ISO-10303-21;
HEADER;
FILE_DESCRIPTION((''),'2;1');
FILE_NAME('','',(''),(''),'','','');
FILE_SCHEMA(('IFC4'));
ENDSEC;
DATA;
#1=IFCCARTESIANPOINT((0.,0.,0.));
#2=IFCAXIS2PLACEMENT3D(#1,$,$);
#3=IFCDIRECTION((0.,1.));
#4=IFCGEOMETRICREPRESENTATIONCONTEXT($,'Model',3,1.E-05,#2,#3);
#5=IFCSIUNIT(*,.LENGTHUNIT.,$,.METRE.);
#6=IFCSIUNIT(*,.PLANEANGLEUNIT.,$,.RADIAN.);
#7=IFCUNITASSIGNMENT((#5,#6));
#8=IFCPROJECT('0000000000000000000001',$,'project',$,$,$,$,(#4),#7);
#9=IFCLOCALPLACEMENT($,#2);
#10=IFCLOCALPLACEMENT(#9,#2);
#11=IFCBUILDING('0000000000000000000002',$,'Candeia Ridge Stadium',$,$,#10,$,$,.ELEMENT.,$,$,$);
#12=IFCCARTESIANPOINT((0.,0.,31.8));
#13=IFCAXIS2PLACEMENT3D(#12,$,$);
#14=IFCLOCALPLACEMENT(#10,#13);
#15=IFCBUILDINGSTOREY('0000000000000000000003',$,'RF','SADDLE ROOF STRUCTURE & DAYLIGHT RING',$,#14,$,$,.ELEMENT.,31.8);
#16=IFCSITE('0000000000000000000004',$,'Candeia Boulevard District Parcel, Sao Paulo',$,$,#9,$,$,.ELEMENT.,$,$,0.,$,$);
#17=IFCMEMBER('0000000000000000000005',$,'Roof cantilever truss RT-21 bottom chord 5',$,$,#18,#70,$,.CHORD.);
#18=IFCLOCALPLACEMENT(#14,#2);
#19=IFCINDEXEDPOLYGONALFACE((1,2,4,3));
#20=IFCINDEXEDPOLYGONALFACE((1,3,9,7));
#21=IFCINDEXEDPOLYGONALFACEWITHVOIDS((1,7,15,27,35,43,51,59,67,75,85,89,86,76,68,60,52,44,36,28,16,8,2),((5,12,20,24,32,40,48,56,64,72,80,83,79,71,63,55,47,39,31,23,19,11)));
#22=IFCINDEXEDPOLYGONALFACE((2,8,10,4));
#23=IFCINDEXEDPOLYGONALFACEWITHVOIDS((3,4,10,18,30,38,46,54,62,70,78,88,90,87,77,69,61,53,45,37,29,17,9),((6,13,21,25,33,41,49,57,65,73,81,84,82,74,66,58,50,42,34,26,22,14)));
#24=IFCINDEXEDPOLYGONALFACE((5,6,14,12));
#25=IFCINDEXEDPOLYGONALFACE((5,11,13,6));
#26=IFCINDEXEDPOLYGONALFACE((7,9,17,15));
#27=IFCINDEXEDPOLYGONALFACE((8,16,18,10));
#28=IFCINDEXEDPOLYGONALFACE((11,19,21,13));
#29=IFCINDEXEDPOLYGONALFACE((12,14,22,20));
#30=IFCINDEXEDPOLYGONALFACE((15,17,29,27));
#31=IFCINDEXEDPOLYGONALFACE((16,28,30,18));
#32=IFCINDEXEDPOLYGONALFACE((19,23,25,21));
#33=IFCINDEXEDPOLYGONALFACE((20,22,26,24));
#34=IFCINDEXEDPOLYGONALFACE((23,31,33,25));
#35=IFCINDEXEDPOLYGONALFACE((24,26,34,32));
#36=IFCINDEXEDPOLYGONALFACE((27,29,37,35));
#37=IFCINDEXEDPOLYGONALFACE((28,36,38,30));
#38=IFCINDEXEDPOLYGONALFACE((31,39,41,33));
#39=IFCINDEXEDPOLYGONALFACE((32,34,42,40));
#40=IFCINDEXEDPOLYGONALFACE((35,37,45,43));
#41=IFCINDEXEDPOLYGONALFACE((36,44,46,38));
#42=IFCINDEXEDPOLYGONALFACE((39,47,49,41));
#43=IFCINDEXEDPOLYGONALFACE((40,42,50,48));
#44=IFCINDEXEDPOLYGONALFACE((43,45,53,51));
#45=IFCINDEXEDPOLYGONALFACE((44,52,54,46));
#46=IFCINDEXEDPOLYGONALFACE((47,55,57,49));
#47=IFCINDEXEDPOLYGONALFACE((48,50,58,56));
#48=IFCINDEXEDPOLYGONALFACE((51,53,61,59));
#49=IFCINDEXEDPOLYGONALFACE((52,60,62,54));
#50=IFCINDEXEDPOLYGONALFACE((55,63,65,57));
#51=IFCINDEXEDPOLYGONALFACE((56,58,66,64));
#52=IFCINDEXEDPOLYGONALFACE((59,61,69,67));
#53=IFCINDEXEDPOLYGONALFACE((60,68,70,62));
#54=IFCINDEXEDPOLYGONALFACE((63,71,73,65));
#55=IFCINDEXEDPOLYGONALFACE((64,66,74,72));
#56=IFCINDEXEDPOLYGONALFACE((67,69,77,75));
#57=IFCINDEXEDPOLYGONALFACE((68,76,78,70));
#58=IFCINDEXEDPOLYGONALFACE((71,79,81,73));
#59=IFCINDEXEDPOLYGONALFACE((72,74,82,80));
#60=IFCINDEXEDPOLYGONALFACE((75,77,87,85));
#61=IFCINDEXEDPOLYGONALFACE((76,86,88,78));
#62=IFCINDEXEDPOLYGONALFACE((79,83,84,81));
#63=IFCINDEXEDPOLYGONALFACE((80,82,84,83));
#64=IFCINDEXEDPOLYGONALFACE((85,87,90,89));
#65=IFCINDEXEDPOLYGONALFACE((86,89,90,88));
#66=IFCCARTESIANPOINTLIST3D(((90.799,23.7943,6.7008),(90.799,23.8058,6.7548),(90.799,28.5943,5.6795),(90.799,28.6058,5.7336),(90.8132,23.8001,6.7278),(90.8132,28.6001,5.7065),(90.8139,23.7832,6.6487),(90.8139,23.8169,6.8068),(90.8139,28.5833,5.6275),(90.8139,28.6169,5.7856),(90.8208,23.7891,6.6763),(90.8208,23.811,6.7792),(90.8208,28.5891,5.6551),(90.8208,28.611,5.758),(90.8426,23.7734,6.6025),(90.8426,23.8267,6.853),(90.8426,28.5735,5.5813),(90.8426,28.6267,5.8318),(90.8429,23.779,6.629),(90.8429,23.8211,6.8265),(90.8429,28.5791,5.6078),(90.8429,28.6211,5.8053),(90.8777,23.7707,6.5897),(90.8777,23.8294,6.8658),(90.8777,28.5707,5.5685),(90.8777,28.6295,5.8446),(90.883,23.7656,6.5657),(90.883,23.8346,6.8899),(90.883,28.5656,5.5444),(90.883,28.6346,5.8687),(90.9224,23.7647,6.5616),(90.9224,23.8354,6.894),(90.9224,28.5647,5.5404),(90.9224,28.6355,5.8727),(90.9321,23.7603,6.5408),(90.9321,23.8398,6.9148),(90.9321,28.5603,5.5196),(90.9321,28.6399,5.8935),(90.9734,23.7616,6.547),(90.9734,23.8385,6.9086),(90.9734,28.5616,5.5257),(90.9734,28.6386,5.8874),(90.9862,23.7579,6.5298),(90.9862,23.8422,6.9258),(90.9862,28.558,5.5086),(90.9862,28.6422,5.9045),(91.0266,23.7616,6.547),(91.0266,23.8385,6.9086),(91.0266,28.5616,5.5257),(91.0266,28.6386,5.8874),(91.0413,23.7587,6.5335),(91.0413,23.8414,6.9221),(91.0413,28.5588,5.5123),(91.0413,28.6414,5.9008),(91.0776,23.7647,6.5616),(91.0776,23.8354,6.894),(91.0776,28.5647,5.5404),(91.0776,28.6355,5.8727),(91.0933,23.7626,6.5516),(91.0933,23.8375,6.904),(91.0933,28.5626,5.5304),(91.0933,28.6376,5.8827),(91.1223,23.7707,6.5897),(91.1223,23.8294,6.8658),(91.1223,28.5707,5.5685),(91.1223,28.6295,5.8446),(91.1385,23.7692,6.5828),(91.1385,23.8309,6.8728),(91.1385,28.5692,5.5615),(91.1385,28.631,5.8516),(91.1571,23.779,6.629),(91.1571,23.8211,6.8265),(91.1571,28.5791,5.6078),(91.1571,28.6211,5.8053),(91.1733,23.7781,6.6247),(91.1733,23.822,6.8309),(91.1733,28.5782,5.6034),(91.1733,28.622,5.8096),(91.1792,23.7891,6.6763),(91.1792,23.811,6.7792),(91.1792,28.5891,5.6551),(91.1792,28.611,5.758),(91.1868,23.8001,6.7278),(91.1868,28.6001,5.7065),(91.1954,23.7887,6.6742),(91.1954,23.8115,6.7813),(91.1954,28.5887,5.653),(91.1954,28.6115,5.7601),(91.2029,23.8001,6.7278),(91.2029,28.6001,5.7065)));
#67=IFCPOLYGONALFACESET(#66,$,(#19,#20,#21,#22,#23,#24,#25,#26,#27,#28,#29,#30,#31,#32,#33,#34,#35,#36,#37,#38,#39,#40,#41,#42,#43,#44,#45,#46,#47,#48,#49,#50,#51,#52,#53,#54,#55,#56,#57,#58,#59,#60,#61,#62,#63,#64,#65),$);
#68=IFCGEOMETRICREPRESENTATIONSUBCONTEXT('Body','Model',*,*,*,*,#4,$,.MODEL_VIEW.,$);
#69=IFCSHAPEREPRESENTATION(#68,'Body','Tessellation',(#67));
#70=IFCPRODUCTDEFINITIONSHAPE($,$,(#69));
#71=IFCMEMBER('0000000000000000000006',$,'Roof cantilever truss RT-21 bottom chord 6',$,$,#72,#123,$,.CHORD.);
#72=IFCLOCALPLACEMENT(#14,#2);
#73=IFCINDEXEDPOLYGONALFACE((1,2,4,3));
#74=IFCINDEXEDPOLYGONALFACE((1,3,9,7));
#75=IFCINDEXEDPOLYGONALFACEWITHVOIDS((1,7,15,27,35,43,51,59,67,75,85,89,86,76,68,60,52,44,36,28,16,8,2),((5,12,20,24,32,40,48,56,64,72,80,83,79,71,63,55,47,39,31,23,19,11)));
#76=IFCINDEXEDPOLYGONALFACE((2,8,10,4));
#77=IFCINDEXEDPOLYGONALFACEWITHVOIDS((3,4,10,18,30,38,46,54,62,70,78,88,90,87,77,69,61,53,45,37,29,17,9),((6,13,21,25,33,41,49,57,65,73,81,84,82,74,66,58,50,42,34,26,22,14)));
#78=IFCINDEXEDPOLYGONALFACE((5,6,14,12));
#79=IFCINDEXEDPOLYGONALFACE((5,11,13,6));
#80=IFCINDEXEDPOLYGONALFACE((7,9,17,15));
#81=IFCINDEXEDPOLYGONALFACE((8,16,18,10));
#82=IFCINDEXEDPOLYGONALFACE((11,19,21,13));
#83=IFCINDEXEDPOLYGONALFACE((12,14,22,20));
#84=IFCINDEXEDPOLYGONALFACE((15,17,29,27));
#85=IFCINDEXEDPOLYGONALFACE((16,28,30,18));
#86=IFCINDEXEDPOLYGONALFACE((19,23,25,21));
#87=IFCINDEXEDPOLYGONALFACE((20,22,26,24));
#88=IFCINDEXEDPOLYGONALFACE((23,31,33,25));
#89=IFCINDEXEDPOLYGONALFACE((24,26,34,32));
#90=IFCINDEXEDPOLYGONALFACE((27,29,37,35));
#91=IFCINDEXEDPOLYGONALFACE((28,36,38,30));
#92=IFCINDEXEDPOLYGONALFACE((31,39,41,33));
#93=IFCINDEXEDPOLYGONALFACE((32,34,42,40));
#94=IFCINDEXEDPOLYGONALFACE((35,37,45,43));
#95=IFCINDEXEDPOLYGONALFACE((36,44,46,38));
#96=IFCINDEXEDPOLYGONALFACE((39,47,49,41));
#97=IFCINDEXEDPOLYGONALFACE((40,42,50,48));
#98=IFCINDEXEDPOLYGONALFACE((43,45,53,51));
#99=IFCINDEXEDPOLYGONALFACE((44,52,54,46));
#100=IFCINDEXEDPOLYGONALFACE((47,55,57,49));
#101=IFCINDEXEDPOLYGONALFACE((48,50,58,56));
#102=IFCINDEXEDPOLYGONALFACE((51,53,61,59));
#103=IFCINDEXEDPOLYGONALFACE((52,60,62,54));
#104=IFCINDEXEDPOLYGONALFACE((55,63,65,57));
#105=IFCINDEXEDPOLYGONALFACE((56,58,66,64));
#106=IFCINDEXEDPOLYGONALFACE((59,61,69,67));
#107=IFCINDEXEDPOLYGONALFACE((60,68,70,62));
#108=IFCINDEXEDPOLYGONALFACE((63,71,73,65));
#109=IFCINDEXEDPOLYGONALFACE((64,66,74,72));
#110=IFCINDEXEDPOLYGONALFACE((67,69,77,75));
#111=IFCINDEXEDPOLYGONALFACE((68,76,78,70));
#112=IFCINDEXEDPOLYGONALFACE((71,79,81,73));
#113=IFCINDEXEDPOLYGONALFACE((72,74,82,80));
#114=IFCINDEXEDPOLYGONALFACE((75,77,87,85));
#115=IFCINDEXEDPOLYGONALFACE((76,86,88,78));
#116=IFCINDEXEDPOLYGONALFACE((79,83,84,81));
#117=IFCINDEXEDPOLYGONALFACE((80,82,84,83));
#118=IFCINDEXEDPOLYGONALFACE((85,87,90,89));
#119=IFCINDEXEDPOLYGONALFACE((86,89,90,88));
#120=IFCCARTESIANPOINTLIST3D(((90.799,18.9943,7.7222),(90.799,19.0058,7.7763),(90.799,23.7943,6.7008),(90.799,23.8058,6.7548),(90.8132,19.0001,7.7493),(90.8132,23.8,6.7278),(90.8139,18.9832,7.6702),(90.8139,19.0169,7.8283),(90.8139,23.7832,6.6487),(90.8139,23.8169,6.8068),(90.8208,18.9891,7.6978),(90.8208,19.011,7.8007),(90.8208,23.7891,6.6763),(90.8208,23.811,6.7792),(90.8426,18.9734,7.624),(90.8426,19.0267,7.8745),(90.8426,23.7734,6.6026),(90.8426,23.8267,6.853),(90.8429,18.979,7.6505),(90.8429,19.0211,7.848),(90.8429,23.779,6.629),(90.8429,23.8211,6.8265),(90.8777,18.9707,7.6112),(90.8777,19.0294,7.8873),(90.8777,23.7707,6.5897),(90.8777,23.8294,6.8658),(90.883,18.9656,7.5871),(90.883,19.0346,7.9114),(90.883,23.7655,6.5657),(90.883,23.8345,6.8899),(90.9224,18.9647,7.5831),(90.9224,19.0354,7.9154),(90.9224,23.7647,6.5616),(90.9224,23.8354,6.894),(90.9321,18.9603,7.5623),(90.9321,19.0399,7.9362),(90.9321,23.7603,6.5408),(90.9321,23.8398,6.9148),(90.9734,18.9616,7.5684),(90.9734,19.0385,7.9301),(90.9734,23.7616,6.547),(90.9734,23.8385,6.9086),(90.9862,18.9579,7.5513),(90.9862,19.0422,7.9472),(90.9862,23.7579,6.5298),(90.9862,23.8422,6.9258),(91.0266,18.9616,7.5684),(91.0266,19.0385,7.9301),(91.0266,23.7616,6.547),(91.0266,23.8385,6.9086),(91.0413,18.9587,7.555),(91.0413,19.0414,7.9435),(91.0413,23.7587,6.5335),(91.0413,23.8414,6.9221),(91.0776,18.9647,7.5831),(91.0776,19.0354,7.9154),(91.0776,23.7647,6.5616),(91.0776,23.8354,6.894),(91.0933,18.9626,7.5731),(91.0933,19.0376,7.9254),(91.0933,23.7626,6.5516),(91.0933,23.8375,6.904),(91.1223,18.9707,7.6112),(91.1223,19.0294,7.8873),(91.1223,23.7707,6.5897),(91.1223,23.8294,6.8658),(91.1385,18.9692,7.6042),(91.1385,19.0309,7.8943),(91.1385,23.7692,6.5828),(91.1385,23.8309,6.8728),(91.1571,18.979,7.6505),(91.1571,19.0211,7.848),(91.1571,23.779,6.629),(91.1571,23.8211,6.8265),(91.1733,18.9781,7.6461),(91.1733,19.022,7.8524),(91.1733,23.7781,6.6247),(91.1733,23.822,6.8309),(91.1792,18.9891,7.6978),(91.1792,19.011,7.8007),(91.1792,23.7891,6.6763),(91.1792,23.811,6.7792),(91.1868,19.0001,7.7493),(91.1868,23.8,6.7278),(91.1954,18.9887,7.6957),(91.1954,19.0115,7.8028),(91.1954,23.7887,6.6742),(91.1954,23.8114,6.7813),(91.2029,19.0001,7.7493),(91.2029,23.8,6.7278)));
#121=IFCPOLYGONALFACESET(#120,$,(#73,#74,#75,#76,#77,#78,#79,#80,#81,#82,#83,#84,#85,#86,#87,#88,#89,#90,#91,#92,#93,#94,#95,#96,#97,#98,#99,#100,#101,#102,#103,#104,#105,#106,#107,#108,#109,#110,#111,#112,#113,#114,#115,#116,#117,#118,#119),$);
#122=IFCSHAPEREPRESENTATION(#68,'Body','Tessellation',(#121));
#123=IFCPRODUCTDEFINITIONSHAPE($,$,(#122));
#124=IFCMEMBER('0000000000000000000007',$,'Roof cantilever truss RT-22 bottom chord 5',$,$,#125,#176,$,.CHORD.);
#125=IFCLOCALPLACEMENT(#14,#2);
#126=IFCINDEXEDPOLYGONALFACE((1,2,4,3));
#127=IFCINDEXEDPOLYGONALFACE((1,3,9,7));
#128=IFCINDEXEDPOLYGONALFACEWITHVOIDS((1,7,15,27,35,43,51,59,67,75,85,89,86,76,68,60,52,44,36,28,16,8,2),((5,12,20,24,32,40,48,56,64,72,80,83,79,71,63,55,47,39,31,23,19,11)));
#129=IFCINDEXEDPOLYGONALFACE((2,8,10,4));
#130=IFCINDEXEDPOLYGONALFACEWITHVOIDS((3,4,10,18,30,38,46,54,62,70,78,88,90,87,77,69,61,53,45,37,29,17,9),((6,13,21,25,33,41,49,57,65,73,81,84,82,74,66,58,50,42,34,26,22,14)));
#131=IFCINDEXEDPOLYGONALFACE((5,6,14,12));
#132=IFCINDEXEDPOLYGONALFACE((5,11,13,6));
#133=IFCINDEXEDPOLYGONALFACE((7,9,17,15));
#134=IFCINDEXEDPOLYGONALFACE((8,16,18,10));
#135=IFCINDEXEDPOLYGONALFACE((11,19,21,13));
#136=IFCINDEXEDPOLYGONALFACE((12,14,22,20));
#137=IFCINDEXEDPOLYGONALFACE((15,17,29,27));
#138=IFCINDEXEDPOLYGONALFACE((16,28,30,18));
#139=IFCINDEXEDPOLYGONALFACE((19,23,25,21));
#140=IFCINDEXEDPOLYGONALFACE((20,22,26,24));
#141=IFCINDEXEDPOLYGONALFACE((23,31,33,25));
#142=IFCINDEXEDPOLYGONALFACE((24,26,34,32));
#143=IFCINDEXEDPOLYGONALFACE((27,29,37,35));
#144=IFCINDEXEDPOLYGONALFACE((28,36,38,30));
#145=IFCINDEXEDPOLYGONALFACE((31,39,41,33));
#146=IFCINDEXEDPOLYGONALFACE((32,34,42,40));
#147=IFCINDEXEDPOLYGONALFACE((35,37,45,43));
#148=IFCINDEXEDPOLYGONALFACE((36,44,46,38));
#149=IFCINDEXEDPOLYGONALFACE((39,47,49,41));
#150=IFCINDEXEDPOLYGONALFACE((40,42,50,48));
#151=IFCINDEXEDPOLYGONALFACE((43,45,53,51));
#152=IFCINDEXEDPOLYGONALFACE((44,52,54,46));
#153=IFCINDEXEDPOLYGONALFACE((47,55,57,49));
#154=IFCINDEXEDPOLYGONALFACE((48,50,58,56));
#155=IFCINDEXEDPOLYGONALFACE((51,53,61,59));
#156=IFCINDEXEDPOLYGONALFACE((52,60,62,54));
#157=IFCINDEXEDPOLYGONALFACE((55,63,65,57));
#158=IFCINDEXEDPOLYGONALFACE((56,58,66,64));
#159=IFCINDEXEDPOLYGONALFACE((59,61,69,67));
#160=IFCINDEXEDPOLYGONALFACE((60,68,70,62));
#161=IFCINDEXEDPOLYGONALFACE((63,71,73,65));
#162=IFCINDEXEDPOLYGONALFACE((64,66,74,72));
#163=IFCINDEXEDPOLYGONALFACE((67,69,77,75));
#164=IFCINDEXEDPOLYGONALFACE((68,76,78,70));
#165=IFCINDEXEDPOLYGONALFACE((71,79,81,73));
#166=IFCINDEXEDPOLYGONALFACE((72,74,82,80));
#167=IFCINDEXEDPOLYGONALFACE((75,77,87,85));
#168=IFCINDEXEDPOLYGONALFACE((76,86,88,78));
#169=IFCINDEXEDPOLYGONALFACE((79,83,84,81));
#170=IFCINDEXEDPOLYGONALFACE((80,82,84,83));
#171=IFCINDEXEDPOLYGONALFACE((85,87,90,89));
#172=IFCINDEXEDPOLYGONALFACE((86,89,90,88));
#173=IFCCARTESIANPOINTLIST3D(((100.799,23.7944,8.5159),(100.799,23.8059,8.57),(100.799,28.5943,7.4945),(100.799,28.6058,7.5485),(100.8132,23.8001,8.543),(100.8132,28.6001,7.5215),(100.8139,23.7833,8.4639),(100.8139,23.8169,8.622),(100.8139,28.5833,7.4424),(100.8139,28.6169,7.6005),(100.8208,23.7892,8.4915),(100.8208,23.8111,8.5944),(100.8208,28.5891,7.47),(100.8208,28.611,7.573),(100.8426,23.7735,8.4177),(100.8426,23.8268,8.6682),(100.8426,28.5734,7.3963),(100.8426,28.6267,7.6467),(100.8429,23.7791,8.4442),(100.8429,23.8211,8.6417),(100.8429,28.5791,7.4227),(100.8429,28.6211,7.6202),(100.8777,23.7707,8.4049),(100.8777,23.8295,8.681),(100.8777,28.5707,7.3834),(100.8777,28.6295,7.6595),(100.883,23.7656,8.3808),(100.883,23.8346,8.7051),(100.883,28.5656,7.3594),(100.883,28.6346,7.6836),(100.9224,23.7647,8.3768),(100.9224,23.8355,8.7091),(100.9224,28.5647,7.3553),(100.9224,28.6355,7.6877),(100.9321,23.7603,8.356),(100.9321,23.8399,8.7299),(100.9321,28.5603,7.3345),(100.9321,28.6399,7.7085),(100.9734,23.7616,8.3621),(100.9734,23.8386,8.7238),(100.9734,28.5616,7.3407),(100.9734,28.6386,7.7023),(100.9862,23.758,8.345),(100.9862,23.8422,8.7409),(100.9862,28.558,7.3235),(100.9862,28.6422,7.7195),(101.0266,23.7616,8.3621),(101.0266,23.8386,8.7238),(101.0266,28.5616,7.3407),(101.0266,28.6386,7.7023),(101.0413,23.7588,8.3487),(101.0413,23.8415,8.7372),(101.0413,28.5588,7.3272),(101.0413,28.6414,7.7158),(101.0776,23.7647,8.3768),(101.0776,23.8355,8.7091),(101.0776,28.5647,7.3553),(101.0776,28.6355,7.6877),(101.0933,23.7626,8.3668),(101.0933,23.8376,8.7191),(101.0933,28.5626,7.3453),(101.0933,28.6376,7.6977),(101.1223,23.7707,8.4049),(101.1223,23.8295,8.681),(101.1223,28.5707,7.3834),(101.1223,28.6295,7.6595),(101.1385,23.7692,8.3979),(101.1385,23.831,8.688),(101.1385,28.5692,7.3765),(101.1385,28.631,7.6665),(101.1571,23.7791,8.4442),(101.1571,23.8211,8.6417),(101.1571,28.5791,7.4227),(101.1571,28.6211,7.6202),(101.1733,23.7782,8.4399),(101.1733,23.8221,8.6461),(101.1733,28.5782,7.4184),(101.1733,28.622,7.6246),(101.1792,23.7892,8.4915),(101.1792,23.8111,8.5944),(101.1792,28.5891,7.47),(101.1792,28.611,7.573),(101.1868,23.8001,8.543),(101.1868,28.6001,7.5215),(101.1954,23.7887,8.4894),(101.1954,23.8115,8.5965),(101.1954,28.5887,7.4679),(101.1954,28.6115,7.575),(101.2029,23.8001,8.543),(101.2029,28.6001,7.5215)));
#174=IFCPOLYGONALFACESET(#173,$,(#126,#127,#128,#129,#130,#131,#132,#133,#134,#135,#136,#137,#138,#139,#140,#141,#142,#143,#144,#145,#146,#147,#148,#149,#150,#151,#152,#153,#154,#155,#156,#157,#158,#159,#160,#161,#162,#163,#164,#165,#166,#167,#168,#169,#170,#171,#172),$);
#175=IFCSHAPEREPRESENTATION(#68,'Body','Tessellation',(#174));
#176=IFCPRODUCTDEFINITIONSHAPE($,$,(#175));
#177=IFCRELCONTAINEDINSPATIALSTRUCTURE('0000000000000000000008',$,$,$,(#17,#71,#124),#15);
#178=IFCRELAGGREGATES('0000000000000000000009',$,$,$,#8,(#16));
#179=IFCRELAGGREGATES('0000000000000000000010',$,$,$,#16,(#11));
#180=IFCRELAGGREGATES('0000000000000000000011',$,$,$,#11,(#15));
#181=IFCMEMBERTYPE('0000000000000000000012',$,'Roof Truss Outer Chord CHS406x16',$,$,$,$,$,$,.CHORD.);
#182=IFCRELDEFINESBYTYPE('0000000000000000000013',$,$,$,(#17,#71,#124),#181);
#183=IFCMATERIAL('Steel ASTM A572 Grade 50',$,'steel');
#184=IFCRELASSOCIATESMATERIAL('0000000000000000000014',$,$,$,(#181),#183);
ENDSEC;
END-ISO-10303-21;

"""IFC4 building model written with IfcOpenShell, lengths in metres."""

from ifc_helpers import new_model, si_unit, direction, frame, origin, origin_2d, place, context, subcontext, project, spatial, hollow_circle, extrude, material, material_profile, profile_set, type_object, element, save


model = new_model("IFC4")

# Units and contexts
model_context = context("Model", 3, precision=1e-05, world=origin(), true_north=direction((0.0, 1.0)))
body_context = subcontext(model_context, "Body", "Model", "MODEL_VIEW")
ifc_project = project(units=[si_unit("LENGTHUNIT", "METRE"), si_unit("PLANEANGLEUNIT", "RADIAN")], contexts=[model_context])

# Site, building, storey
site_placement = place(None, origin())
site = spatial("IfcSite", under=ifc_project, at=site_placement, Name="Candeia Boulevard District Parcel, Sao Paulo", CompositionType="ELEMENT", RefElevation=0.0)
building_placement = place(site_placement, origin())
building = spatial("IfcBuilding", under=site, at=building_placement, Name="Candeia Ridge Stadium", CompositionType="ELEMENT")
storey_placement = place(building_placement, frame((0.0, 0.0, 31.8)))
storey = spatial("IfcBuildingStorey", under=building, at=storey_placement, Name="RF", Description="SADDLE ROOF STRUCTURE & DAYLIGHT RING", CompositionType="ELEMENT", Elevation=31.8)

# Shared definitions
ifc_material = material(Name="Steel ASTM A572 Grade 50", Category="steel")

# Members
ifc_material_profile_1 = material_profile(ifc_material, hollow_circle(Radius=0.2029, WallThickness=0.0161, at=origin_2d()), Name="CHS406x16", Category="steel")
ifc_profile_set_1 = profile_set([ifc_material_profile_1], Name="Steel ASTM A572 Grade 50")
member_type_1 = type_object("IfcMemberType", Name="Roof Truss Outer Chord CHS406x16", PredefinedType="CHORD", material=ifc_profile_set_1)
for number, where, z_axis, x_axis, name in (
    (1, (91.0, 28.6001, 5.7065), (0.0, -0.978108, 0.208099), (1.0, 0.0, 0.0), "Roof cantilever truss RT-21 bottom chord 5"),
    (2, (91.0, 23.8, 6.7278), (0.0, -0.978098, 0.208146), (1.0, 0.0, 0.0), "Roof cantilever truss RT-21 bottom chord 6"),
    (3, (101.0, 28.6001, 7.5215), (0.0, -0.978098, 0.208146), (1.0, 0.0, 0.0), "Roof cantilever truss RT-22 bottom chord 5"),
):
    element("IfcMember", number, at=place(storey_placement, frame(where, z_axis=z_axis, x_axis=x_axis)), inside=storey, type_object=member_type_1, Name=name, PredefinedType="CHORD", context=body_context, shape_type="SweptSolid", body=[
        extrude(hollow_circle(Radius=0.2029, WallThickness=0.0161, at=origin_2d()), origin(), (0.0, 0.0, 1.0), 4.9075),
    ])

save(model, "model.ifc")
